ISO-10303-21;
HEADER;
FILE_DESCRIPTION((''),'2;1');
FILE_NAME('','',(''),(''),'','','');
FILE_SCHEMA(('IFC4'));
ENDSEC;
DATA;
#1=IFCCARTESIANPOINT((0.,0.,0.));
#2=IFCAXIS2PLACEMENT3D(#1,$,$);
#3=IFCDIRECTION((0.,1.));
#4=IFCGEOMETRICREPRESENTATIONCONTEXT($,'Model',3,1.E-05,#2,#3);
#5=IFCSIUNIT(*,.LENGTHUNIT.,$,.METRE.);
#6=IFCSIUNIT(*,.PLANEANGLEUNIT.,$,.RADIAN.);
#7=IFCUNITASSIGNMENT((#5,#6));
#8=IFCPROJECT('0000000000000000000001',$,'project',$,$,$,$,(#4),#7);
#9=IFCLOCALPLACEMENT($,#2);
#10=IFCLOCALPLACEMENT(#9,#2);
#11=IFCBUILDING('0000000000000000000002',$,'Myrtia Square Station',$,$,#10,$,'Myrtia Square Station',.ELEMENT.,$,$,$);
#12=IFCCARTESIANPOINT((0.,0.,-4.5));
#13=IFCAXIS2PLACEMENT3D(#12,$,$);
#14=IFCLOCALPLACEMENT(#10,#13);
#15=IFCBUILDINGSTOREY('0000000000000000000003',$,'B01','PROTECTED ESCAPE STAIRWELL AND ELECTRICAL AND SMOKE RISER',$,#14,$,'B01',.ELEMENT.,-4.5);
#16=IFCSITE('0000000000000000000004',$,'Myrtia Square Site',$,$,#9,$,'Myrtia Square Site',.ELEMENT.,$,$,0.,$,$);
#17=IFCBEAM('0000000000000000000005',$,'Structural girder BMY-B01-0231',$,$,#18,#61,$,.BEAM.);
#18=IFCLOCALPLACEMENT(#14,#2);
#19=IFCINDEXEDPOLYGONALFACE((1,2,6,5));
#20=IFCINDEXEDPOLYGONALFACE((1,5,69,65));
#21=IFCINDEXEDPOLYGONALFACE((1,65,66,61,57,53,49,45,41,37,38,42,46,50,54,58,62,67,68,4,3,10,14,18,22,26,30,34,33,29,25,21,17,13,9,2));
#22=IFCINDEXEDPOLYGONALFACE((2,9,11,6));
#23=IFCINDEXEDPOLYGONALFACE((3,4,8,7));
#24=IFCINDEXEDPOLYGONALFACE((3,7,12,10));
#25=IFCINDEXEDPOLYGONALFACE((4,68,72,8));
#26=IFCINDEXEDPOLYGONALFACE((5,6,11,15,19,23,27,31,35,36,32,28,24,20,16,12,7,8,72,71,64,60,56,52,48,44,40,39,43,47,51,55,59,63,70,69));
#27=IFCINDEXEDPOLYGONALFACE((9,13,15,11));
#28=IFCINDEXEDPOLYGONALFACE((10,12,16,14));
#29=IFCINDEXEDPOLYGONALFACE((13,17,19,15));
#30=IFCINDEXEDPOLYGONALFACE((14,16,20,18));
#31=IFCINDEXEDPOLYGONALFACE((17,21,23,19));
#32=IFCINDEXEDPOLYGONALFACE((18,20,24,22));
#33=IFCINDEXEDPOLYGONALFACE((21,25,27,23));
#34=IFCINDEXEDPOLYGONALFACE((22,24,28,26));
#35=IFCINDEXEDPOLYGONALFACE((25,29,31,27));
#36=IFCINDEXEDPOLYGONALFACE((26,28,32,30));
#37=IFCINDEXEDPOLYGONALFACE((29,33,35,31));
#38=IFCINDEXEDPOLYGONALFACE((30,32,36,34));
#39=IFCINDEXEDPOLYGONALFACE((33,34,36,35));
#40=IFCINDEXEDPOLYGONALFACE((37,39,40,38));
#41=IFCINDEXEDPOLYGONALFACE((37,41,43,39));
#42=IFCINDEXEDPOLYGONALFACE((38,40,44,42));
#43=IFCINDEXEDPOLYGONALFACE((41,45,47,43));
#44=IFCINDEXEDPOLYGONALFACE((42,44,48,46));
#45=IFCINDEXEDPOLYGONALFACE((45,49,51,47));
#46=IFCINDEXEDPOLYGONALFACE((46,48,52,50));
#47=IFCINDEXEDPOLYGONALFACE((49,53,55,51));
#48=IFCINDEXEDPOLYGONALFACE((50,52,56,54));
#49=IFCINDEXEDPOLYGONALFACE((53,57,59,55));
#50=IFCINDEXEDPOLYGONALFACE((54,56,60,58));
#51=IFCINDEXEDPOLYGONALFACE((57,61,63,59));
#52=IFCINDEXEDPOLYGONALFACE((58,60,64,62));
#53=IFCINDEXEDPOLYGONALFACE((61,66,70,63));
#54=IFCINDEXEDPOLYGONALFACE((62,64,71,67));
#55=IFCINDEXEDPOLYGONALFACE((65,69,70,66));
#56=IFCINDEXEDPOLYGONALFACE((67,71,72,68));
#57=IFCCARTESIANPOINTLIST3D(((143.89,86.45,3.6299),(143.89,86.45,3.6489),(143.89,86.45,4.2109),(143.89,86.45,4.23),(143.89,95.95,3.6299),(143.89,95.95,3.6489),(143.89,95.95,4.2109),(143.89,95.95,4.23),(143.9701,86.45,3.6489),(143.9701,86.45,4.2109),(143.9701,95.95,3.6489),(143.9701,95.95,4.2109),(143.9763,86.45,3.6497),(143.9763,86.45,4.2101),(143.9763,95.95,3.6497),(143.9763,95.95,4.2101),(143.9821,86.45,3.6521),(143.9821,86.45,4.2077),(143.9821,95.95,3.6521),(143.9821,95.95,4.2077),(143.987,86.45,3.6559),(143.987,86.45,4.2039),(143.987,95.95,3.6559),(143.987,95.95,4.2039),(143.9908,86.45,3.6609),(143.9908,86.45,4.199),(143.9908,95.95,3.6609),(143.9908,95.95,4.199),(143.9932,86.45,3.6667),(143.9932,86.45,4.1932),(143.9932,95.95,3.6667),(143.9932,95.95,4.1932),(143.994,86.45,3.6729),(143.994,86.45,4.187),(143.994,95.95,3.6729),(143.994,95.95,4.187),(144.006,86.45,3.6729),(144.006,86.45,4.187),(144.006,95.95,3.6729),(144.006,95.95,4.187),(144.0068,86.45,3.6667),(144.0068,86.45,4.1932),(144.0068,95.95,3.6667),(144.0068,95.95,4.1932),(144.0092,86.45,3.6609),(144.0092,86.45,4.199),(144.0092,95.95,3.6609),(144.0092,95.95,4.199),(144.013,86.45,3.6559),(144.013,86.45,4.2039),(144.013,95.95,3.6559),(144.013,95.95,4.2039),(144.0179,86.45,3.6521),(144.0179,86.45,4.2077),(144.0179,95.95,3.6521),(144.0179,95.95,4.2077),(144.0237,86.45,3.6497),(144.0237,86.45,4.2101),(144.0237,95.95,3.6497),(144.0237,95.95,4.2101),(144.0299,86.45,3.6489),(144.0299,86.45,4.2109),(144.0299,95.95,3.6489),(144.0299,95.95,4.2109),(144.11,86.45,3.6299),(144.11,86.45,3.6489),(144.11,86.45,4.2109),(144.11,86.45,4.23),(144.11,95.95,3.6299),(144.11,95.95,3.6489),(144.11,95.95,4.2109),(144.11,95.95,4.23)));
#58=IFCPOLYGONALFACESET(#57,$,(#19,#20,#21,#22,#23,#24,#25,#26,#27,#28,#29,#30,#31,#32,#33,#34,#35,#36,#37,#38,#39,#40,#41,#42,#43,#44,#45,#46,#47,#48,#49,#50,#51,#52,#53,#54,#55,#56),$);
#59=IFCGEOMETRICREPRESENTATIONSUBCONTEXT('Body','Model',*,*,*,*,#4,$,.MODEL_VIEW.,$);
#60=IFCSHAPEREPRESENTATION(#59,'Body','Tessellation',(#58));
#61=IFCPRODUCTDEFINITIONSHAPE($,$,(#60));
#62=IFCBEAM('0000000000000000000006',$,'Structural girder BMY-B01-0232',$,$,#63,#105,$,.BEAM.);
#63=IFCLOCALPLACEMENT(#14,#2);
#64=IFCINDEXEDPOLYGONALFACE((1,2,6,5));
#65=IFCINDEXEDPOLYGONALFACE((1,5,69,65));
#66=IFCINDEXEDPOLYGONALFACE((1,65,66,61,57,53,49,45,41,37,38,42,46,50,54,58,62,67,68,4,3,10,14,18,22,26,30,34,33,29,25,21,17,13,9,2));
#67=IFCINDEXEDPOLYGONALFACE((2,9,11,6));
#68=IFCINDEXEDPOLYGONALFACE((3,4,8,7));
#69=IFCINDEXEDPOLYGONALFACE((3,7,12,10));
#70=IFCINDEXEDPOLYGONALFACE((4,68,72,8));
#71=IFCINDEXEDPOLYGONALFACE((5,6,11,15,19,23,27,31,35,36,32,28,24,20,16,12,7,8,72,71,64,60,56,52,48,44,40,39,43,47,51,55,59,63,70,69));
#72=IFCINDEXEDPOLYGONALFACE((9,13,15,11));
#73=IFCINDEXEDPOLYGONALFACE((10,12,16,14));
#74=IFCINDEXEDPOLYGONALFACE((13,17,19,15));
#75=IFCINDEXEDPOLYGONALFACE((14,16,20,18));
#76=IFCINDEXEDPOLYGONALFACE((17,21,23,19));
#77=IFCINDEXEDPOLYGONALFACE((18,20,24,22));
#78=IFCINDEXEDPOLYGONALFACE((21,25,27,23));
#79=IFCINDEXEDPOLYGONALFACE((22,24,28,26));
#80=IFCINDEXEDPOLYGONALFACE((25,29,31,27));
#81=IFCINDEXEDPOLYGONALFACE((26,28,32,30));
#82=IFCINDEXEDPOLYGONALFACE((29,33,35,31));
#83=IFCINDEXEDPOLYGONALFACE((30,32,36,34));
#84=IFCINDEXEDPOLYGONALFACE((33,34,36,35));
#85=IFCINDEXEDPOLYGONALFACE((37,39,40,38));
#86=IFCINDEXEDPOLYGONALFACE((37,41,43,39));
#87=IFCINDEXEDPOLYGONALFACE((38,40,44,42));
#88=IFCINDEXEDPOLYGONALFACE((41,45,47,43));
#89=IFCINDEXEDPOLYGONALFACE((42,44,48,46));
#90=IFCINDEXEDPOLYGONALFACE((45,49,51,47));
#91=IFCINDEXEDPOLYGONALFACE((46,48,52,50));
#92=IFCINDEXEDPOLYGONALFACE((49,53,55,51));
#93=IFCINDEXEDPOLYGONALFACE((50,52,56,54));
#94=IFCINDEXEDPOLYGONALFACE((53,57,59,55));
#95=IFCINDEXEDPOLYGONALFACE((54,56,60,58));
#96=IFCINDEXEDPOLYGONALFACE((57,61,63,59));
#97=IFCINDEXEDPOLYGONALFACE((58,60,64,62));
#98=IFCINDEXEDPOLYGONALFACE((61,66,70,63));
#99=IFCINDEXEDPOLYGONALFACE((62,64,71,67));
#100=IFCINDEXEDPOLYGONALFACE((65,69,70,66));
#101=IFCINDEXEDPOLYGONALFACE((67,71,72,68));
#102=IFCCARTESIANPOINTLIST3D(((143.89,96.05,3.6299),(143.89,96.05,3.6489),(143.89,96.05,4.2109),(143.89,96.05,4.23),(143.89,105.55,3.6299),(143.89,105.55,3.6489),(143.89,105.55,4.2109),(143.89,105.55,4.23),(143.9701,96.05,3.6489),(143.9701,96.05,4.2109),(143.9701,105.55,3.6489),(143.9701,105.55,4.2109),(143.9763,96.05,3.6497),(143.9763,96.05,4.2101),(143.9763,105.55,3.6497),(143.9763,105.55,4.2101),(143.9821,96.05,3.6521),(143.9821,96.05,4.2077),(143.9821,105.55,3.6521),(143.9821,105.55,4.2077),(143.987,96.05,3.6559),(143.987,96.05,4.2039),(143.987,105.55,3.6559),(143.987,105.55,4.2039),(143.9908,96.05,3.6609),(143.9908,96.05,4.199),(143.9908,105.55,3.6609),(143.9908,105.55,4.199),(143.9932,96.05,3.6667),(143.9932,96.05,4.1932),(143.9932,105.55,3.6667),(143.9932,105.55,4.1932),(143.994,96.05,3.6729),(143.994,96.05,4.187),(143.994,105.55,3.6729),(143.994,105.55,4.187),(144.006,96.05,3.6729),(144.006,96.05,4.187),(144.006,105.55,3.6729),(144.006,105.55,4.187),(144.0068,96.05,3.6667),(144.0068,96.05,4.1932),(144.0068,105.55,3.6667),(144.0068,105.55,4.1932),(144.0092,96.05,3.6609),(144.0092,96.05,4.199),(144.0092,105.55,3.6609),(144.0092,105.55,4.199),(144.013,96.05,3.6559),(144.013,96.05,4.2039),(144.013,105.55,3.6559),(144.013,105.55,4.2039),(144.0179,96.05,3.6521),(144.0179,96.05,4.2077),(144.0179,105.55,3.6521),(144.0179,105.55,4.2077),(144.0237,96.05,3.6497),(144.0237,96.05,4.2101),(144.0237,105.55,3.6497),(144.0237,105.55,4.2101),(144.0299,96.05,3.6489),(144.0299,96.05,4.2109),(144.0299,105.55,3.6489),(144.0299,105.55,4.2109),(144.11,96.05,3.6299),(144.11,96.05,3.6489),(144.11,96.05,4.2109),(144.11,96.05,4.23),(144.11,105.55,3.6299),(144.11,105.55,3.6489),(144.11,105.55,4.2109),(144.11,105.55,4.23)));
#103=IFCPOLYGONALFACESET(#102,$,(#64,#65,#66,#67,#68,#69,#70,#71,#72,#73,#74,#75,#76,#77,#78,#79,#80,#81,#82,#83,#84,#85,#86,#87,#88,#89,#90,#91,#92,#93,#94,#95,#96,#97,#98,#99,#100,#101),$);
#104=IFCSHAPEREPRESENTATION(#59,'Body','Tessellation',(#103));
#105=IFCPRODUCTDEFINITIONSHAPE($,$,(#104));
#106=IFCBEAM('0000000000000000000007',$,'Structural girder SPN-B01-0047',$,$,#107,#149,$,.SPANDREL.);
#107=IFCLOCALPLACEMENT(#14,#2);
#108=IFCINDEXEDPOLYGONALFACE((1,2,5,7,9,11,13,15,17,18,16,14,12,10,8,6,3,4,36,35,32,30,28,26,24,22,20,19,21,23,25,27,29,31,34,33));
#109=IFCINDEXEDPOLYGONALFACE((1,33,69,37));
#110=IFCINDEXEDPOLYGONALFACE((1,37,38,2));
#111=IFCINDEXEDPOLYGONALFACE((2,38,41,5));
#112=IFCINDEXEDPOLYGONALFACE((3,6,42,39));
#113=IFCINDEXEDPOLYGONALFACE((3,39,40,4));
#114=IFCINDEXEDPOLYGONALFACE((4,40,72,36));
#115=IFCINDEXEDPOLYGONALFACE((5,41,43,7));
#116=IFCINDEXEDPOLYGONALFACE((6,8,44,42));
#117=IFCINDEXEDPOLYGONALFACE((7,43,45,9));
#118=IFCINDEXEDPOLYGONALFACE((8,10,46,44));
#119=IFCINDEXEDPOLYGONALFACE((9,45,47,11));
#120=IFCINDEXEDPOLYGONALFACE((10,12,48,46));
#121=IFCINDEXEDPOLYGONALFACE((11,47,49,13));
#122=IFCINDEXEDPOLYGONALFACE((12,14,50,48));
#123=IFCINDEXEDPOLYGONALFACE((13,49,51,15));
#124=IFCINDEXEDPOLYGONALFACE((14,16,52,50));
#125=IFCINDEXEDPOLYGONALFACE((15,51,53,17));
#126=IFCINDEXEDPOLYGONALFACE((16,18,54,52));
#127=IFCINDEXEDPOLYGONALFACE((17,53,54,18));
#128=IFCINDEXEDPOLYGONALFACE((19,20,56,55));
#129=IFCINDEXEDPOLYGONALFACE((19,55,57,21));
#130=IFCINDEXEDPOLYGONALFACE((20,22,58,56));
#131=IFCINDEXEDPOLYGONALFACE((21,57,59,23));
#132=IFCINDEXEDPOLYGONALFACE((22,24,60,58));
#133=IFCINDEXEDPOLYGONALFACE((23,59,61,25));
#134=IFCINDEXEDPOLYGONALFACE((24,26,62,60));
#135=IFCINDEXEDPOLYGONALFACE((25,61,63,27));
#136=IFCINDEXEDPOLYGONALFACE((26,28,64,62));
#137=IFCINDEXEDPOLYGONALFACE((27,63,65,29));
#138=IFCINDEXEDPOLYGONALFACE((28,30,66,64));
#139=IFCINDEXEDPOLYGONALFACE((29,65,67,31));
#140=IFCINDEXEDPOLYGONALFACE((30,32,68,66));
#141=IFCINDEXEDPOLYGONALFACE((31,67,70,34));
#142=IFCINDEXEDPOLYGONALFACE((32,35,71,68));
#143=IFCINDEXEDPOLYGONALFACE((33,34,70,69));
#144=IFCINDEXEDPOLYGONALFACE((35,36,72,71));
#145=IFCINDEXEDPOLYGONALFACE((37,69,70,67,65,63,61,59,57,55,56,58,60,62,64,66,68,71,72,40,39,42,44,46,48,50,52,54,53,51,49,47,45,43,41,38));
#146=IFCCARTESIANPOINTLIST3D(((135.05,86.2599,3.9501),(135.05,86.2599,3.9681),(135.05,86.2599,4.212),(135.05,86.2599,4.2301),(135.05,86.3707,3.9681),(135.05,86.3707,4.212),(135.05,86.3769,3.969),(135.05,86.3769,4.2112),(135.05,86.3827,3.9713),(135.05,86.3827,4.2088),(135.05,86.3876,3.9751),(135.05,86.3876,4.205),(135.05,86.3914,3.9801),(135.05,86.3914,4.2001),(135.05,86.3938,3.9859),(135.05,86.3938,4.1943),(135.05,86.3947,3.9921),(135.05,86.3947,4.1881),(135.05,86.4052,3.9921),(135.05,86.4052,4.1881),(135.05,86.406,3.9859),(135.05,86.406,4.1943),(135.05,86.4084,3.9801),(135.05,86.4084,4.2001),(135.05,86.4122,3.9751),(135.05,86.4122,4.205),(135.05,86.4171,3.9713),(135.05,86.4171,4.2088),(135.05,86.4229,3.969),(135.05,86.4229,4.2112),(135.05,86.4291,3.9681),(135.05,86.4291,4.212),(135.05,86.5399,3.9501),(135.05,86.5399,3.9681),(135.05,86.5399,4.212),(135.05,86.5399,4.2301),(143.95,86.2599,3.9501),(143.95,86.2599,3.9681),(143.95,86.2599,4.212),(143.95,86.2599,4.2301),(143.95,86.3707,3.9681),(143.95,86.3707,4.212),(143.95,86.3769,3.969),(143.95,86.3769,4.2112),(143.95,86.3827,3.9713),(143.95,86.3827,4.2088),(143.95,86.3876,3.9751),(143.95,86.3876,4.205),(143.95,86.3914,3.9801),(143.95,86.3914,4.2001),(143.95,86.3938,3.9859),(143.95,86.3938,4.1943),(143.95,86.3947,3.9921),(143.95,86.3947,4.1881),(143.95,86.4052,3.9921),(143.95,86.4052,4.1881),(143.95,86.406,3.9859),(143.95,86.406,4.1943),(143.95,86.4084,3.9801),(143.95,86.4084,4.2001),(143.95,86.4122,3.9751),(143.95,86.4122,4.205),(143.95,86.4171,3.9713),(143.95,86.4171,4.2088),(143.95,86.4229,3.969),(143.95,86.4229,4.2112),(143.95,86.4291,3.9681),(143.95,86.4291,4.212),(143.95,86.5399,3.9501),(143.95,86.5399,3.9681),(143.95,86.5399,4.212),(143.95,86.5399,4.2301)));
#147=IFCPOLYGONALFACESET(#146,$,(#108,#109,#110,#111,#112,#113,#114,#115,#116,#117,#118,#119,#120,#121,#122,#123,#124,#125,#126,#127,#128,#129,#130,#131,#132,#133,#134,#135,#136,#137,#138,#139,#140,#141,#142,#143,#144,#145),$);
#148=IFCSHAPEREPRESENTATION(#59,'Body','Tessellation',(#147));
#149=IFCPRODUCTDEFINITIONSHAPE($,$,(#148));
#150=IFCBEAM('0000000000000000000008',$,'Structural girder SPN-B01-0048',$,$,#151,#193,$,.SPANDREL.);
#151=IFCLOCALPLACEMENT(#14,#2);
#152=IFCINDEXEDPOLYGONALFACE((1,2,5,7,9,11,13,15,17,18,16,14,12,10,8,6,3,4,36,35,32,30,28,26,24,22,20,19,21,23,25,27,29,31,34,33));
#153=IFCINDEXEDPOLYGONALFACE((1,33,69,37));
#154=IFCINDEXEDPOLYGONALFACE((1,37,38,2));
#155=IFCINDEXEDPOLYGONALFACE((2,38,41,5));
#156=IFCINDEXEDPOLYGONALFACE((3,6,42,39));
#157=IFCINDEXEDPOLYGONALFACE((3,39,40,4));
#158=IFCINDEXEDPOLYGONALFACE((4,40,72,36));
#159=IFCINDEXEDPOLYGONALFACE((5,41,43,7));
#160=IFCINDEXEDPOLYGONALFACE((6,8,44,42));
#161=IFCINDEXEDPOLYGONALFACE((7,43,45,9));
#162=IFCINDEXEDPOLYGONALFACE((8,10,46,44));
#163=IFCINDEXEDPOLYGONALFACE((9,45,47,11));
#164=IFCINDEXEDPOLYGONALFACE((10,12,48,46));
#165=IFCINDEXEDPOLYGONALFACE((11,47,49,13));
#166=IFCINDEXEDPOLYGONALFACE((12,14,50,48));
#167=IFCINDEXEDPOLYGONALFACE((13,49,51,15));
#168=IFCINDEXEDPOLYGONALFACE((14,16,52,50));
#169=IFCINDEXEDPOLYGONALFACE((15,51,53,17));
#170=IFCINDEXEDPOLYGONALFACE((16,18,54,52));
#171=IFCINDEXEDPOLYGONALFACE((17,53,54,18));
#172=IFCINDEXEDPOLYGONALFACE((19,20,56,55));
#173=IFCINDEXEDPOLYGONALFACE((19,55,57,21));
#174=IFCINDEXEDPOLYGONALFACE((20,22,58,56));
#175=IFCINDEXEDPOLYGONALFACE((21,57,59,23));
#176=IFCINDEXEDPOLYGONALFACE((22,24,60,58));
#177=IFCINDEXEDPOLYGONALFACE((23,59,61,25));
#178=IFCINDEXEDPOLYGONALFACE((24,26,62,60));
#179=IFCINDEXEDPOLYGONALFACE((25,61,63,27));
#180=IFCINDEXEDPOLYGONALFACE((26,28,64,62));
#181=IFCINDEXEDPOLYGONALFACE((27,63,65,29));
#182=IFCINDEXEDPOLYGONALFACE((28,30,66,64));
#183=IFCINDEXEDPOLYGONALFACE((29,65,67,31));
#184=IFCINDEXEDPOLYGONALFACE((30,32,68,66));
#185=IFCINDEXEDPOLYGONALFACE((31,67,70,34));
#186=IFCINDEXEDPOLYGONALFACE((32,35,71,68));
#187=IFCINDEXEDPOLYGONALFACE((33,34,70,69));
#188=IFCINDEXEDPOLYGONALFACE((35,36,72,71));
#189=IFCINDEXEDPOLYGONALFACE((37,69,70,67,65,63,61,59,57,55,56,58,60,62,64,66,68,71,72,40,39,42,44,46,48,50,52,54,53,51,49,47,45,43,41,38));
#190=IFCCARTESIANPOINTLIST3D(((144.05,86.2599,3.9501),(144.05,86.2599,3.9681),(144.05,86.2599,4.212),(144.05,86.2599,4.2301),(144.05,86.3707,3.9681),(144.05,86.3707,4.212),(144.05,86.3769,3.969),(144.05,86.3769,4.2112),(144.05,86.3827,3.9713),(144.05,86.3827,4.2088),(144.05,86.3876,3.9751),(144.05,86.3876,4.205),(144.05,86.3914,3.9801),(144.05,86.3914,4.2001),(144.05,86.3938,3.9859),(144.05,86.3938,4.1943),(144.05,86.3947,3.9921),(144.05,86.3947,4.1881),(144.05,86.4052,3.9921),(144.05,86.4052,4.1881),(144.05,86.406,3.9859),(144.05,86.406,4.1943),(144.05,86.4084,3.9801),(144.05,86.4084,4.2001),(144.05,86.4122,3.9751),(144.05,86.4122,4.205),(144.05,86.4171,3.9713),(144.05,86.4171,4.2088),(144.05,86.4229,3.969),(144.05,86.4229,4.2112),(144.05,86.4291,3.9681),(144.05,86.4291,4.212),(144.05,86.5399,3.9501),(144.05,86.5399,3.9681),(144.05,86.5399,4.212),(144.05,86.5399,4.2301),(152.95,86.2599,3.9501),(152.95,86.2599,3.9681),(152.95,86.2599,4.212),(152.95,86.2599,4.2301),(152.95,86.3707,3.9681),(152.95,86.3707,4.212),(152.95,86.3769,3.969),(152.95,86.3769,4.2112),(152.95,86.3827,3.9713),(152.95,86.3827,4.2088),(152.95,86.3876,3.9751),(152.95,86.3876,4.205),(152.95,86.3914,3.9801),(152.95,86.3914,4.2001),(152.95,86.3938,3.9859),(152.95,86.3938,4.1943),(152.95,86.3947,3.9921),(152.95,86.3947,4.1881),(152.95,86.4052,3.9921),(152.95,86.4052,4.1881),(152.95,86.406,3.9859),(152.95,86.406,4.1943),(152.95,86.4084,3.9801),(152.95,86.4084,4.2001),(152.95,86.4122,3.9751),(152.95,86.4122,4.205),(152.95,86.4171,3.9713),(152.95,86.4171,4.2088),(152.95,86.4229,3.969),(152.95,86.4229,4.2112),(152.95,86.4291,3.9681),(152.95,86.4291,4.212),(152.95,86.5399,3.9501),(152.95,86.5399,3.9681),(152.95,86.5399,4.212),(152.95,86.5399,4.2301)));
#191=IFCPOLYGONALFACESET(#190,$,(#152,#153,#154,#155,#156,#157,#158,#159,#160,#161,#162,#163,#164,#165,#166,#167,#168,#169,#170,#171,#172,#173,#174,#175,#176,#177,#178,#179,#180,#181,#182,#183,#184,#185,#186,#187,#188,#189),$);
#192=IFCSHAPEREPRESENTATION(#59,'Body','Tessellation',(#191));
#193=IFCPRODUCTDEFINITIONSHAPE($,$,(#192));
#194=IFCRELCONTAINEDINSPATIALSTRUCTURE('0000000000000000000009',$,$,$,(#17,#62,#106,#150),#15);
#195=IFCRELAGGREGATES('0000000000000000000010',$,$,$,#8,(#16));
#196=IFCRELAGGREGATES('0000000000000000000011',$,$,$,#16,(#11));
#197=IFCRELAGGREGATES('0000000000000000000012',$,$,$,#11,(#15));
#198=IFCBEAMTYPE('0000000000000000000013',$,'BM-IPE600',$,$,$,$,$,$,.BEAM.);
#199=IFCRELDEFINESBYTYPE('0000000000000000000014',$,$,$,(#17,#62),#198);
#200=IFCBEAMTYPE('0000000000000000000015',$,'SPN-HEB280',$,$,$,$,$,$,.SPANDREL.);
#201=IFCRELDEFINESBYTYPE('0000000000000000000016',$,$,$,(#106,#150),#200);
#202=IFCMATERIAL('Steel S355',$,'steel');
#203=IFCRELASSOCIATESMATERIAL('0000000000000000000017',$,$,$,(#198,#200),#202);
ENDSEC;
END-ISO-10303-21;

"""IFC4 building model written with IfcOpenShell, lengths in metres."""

from ifc_helpers import new_model, si_unit, direction, frame, origin, origin_2d, place, context, subcontext, project, spatial, i_section, extrude, material, material_profile, profile_set, type_object, element, save


model = new_model("IFC4")

# Units and contexts
model_context = context("Model", 3, precision=1e-05, world=origin(), true_north=direction((0.0, 1.0)))
body_context = subcontext(model_context, "Body", "Model", "MODEL_VIEW")
ifc_project = project(units=[si_unit("LENGTHUNIT", "METRE"), si_unit("PLANEANGLEUNIT", "RADIAN")], contexts=[model_context])

# Site, building, storey
site_placement = place(None, origin())
site = spatial("IfcSite", under=ifc_project, at=site_placement, Name="Myrtia Square Site", LongName="Myrtia Square Site", CompositionType="ELEMENT", RefElevation=0.0)
building_placement = place(site_placement, origin())
building = spatial("IfcBuilding", under=site, at=building_placement, Name="Myrtia Square Station", LongName="Myrtia Square Station", CompositionType="ELEMENT")
storey_placement = place(building_placement, frame((0.0, 0.0, -4.5)))
storey = spatial("IfcBuildingStorey", under=building, at=storey_placement, Name="B01", Description="PROTECTED ESCAPE STAIRWELL AND ELECTRICAL AND SMOKE RISER", LongName="B01", CompositionType="ELEMENT", Elevation=-4.5)

# Shared definitions
ifc_material_1 = material(Name="Steel S355", Category="steel")

# Beams
ifc_material_profile_1 = material_profile(ifc_material_1, i_section(OverallWidth=0.22, OverallDepth=0.6001, WebThickness=0.012, FlangeThickness=0.019, FilletRadius=0.0239, at=origin_2d()), Name="IPE 600")
ifc_profile_set_1 = profile_set([ifc_material_profile_1], Name="Steel S355")
beam_type_1 = type_object("IfcBeamType", Name="BM-IPE600", PredefinedType="BEAM", material=ifc_profile_set_1)
for number, where, z_axis, x_axis, name in (
    (1, (144.0, 86.45, 3.9299), (0.0, 1.0, 0.0), (-1.0, 0.0, 0.0), "Structural girder BMY-B01-0231"),
    (2, (144.0, 96.05, 3.9299), (0.0, 1.0, 0.0), (-1.0, 0.0, 0.0), "Structural girder BMY-B01-0232"),
):
    element("IfcBeam", number, at=place(storey_placement, frame(where, z_axis=z_axis, x_axis=x_axis)), inside=storey, type_object=beam_type_1, Name=name, PredefinedType="BEAM", context=body_context, shape_type="SweptSolid", body=[
        extrude(i_section(OverallWidth=0.22, OverallDepth=0.6001, WebThickness=0.012, FlangeThickness=0.019, FilletRadius=0.0239, at=origin_2d()), origin(), (0.0, 0.0, 1.0), 9.5),
    ])
ifc_material_profile_2 = material_profile(ifc_material_1, i_section(OverallWidth=0.28, OverallDepth=0.28, WebThickness=0.0105, FlangeThickness=0.0181, FilletRadius=0.0239, at=origin_2d()), Name="HEB 280")
ifc_profile_set_2 = profile_set([ifc_material_profile_2], Name="Steel S355")
beam_type_2 = type_object("IfcBeamType", Name="SPN-HEB280", PredefinedType="SPANDREL", material=ifc_profile_set_2)
for number, where, z_axis, x_axis, name in (
    (3, (135.05, 86.3999, 4.0901), (1.0, 0.0, 0.0), (0.0, 1.0, 0.0), "Structural girder SPN-B01-0047"),
    (4, (144.05, 86.3999, 4.0901), (1.0, 0.0, 0.0), (0.0, 1.0, 0.0), "Structural girder SPN-B01-0048"),
):
    element("IfcBeam", number, at=place(storey_placement, frame(where, z_axis=z_axis, x_axis=x_axis)), inside=storey, type_object=beam_type_2, Name=name, PredefinedType="SPANDREL", context=body_context, shape_type="SweptSolid", body=[
        extrude(i_section(OverallWidth=0.28, OverallDepth=0.28, WebThickness=0.0105, FlangeThickness=0.0181, FilletRadius=0.0239, at=origin_2d()), origin(), (0.0, 0.0, 1.0), 8.8999),
    ])

save(model, "model.ifc")
